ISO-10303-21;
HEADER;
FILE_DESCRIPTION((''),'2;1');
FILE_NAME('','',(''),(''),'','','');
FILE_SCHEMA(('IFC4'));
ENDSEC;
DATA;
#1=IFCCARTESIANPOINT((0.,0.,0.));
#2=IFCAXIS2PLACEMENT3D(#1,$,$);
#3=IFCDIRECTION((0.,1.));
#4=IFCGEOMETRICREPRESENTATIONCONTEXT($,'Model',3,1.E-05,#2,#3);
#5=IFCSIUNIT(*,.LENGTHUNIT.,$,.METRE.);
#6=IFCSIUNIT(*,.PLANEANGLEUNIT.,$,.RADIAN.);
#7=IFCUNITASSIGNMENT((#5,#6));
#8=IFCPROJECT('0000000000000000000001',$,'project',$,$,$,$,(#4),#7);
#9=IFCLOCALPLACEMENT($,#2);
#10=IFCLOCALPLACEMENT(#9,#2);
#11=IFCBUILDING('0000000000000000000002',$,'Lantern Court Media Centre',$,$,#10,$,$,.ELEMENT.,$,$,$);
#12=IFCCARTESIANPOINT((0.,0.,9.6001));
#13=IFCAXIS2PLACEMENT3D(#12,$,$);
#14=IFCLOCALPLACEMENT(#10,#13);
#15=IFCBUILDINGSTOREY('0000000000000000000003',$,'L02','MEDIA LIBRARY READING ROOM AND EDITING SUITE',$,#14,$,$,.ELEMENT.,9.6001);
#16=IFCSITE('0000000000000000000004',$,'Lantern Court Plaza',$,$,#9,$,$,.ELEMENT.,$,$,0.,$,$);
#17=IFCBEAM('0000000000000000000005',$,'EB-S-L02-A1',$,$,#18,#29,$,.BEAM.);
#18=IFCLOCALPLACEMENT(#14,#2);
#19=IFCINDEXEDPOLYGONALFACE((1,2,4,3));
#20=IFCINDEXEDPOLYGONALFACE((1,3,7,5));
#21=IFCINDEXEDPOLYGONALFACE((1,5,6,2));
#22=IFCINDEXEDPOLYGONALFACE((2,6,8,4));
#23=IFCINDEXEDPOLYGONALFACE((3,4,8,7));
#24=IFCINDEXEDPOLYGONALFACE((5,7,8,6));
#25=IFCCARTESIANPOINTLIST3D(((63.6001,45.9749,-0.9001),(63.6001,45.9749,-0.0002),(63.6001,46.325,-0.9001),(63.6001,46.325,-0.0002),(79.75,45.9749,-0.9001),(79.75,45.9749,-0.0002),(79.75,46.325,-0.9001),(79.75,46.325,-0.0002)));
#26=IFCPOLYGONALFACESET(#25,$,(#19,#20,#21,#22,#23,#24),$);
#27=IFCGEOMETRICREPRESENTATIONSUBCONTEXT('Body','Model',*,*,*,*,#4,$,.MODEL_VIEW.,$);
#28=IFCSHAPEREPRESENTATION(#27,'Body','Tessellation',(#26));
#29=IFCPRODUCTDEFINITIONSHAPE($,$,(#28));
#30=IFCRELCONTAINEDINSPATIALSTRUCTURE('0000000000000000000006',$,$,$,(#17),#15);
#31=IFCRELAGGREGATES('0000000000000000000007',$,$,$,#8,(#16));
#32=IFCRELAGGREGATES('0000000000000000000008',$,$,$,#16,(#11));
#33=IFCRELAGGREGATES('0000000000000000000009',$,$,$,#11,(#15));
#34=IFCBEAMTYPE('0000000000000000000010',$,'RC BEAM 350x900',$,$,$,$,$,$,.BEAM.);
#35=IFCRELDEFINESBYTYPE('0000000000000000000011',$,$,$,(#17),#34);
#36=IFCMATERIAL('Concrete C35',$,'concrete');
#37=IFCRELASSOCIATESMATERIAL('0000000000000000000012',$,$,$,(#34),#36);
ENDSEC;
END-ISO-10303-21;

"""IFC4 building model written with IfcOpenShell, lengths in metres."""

from ifc_helpers import new_model, si_unit, direction, frame, origin, origin_2d, place, context, subcontext, project, spatial, rectangle, extrude, material, material_profile, profile_set, type_object, element, save


model = new_model("IFC4")

# Units and contexts
model_context = context("Model", 3, precision=1e-05, world=origin(), true_north=direction((0.0, 1.0)))
body_context = subcontext(model_context, "Body", "Model", "MODEL_VIEW")
ifc_project = project(units=[si_unit("LENGTHUNIT", "METRE"), si_unit("PLANEANGLEUNIT", "RADIAN")], contexts=[model_context])

# Site, building, storey
site_placement = place(None, origin())
site = spatial("IfcSite", under=ifc_project, at=site_placement, Name="Lantern Court Plaza", CompositionType="ELEMENT", RefElevation=0.0)
building_placement = place(site_placement, origin())
building = spatial("IfcBuilding", under=site, at=building_placement, Name="Lantern Court Media Centre", CompositionType="ELEMENT")
storey_placement = place(building_placement, frame((0.0, 0.0, 9.6001)))
storey = spatial("IfcBuildingStorey", under=building, at=storey_placement, Name="L02", Description="MEDIA LIBRARY READING ROOM AND EDITING SUITE", CompositionType="ELEMENT", Elevation=9.6001)

# Beam
ifc_material_1 = material(Name="Concrete C35", Category="concrete")
ifc_material_profile_1 = material_profile(ifc_material_1, rectangle(XDim=0.3501, YDim=0.8999, at=origin_2d()), Name="RC 350x900")
ifc_profile_set_1 = profile_set([ifc_material_profile_1], Name="Concrete C35")
beam_type = type_object("IfcBeamType", Name="RC BEAM 350x900", PredefinedType="BEAM", material=ifc_profile_set_1)
beam_placement = place(storey_placement, frame((63.6001, 46.1499, -0.4502), z_axis=(1.0, 0.0, 0.0), x_axis=(0.0, 1.0, 0.0)))
element("IfcBeam", 1, at=beam_placement, inside=storey, type_object=beam_type, Name="EB-S-L02-A1", PredefinedType="BEAM", context=body_context, shape_type="SweptSolid", body=[
    extrude(rectangle(XDim=0.3501, YDim=0.8999, at=origin_2d()), origin(), (0.0, 0.0, 1.0), 16.1499),
])

save(model, "model.ifc")
